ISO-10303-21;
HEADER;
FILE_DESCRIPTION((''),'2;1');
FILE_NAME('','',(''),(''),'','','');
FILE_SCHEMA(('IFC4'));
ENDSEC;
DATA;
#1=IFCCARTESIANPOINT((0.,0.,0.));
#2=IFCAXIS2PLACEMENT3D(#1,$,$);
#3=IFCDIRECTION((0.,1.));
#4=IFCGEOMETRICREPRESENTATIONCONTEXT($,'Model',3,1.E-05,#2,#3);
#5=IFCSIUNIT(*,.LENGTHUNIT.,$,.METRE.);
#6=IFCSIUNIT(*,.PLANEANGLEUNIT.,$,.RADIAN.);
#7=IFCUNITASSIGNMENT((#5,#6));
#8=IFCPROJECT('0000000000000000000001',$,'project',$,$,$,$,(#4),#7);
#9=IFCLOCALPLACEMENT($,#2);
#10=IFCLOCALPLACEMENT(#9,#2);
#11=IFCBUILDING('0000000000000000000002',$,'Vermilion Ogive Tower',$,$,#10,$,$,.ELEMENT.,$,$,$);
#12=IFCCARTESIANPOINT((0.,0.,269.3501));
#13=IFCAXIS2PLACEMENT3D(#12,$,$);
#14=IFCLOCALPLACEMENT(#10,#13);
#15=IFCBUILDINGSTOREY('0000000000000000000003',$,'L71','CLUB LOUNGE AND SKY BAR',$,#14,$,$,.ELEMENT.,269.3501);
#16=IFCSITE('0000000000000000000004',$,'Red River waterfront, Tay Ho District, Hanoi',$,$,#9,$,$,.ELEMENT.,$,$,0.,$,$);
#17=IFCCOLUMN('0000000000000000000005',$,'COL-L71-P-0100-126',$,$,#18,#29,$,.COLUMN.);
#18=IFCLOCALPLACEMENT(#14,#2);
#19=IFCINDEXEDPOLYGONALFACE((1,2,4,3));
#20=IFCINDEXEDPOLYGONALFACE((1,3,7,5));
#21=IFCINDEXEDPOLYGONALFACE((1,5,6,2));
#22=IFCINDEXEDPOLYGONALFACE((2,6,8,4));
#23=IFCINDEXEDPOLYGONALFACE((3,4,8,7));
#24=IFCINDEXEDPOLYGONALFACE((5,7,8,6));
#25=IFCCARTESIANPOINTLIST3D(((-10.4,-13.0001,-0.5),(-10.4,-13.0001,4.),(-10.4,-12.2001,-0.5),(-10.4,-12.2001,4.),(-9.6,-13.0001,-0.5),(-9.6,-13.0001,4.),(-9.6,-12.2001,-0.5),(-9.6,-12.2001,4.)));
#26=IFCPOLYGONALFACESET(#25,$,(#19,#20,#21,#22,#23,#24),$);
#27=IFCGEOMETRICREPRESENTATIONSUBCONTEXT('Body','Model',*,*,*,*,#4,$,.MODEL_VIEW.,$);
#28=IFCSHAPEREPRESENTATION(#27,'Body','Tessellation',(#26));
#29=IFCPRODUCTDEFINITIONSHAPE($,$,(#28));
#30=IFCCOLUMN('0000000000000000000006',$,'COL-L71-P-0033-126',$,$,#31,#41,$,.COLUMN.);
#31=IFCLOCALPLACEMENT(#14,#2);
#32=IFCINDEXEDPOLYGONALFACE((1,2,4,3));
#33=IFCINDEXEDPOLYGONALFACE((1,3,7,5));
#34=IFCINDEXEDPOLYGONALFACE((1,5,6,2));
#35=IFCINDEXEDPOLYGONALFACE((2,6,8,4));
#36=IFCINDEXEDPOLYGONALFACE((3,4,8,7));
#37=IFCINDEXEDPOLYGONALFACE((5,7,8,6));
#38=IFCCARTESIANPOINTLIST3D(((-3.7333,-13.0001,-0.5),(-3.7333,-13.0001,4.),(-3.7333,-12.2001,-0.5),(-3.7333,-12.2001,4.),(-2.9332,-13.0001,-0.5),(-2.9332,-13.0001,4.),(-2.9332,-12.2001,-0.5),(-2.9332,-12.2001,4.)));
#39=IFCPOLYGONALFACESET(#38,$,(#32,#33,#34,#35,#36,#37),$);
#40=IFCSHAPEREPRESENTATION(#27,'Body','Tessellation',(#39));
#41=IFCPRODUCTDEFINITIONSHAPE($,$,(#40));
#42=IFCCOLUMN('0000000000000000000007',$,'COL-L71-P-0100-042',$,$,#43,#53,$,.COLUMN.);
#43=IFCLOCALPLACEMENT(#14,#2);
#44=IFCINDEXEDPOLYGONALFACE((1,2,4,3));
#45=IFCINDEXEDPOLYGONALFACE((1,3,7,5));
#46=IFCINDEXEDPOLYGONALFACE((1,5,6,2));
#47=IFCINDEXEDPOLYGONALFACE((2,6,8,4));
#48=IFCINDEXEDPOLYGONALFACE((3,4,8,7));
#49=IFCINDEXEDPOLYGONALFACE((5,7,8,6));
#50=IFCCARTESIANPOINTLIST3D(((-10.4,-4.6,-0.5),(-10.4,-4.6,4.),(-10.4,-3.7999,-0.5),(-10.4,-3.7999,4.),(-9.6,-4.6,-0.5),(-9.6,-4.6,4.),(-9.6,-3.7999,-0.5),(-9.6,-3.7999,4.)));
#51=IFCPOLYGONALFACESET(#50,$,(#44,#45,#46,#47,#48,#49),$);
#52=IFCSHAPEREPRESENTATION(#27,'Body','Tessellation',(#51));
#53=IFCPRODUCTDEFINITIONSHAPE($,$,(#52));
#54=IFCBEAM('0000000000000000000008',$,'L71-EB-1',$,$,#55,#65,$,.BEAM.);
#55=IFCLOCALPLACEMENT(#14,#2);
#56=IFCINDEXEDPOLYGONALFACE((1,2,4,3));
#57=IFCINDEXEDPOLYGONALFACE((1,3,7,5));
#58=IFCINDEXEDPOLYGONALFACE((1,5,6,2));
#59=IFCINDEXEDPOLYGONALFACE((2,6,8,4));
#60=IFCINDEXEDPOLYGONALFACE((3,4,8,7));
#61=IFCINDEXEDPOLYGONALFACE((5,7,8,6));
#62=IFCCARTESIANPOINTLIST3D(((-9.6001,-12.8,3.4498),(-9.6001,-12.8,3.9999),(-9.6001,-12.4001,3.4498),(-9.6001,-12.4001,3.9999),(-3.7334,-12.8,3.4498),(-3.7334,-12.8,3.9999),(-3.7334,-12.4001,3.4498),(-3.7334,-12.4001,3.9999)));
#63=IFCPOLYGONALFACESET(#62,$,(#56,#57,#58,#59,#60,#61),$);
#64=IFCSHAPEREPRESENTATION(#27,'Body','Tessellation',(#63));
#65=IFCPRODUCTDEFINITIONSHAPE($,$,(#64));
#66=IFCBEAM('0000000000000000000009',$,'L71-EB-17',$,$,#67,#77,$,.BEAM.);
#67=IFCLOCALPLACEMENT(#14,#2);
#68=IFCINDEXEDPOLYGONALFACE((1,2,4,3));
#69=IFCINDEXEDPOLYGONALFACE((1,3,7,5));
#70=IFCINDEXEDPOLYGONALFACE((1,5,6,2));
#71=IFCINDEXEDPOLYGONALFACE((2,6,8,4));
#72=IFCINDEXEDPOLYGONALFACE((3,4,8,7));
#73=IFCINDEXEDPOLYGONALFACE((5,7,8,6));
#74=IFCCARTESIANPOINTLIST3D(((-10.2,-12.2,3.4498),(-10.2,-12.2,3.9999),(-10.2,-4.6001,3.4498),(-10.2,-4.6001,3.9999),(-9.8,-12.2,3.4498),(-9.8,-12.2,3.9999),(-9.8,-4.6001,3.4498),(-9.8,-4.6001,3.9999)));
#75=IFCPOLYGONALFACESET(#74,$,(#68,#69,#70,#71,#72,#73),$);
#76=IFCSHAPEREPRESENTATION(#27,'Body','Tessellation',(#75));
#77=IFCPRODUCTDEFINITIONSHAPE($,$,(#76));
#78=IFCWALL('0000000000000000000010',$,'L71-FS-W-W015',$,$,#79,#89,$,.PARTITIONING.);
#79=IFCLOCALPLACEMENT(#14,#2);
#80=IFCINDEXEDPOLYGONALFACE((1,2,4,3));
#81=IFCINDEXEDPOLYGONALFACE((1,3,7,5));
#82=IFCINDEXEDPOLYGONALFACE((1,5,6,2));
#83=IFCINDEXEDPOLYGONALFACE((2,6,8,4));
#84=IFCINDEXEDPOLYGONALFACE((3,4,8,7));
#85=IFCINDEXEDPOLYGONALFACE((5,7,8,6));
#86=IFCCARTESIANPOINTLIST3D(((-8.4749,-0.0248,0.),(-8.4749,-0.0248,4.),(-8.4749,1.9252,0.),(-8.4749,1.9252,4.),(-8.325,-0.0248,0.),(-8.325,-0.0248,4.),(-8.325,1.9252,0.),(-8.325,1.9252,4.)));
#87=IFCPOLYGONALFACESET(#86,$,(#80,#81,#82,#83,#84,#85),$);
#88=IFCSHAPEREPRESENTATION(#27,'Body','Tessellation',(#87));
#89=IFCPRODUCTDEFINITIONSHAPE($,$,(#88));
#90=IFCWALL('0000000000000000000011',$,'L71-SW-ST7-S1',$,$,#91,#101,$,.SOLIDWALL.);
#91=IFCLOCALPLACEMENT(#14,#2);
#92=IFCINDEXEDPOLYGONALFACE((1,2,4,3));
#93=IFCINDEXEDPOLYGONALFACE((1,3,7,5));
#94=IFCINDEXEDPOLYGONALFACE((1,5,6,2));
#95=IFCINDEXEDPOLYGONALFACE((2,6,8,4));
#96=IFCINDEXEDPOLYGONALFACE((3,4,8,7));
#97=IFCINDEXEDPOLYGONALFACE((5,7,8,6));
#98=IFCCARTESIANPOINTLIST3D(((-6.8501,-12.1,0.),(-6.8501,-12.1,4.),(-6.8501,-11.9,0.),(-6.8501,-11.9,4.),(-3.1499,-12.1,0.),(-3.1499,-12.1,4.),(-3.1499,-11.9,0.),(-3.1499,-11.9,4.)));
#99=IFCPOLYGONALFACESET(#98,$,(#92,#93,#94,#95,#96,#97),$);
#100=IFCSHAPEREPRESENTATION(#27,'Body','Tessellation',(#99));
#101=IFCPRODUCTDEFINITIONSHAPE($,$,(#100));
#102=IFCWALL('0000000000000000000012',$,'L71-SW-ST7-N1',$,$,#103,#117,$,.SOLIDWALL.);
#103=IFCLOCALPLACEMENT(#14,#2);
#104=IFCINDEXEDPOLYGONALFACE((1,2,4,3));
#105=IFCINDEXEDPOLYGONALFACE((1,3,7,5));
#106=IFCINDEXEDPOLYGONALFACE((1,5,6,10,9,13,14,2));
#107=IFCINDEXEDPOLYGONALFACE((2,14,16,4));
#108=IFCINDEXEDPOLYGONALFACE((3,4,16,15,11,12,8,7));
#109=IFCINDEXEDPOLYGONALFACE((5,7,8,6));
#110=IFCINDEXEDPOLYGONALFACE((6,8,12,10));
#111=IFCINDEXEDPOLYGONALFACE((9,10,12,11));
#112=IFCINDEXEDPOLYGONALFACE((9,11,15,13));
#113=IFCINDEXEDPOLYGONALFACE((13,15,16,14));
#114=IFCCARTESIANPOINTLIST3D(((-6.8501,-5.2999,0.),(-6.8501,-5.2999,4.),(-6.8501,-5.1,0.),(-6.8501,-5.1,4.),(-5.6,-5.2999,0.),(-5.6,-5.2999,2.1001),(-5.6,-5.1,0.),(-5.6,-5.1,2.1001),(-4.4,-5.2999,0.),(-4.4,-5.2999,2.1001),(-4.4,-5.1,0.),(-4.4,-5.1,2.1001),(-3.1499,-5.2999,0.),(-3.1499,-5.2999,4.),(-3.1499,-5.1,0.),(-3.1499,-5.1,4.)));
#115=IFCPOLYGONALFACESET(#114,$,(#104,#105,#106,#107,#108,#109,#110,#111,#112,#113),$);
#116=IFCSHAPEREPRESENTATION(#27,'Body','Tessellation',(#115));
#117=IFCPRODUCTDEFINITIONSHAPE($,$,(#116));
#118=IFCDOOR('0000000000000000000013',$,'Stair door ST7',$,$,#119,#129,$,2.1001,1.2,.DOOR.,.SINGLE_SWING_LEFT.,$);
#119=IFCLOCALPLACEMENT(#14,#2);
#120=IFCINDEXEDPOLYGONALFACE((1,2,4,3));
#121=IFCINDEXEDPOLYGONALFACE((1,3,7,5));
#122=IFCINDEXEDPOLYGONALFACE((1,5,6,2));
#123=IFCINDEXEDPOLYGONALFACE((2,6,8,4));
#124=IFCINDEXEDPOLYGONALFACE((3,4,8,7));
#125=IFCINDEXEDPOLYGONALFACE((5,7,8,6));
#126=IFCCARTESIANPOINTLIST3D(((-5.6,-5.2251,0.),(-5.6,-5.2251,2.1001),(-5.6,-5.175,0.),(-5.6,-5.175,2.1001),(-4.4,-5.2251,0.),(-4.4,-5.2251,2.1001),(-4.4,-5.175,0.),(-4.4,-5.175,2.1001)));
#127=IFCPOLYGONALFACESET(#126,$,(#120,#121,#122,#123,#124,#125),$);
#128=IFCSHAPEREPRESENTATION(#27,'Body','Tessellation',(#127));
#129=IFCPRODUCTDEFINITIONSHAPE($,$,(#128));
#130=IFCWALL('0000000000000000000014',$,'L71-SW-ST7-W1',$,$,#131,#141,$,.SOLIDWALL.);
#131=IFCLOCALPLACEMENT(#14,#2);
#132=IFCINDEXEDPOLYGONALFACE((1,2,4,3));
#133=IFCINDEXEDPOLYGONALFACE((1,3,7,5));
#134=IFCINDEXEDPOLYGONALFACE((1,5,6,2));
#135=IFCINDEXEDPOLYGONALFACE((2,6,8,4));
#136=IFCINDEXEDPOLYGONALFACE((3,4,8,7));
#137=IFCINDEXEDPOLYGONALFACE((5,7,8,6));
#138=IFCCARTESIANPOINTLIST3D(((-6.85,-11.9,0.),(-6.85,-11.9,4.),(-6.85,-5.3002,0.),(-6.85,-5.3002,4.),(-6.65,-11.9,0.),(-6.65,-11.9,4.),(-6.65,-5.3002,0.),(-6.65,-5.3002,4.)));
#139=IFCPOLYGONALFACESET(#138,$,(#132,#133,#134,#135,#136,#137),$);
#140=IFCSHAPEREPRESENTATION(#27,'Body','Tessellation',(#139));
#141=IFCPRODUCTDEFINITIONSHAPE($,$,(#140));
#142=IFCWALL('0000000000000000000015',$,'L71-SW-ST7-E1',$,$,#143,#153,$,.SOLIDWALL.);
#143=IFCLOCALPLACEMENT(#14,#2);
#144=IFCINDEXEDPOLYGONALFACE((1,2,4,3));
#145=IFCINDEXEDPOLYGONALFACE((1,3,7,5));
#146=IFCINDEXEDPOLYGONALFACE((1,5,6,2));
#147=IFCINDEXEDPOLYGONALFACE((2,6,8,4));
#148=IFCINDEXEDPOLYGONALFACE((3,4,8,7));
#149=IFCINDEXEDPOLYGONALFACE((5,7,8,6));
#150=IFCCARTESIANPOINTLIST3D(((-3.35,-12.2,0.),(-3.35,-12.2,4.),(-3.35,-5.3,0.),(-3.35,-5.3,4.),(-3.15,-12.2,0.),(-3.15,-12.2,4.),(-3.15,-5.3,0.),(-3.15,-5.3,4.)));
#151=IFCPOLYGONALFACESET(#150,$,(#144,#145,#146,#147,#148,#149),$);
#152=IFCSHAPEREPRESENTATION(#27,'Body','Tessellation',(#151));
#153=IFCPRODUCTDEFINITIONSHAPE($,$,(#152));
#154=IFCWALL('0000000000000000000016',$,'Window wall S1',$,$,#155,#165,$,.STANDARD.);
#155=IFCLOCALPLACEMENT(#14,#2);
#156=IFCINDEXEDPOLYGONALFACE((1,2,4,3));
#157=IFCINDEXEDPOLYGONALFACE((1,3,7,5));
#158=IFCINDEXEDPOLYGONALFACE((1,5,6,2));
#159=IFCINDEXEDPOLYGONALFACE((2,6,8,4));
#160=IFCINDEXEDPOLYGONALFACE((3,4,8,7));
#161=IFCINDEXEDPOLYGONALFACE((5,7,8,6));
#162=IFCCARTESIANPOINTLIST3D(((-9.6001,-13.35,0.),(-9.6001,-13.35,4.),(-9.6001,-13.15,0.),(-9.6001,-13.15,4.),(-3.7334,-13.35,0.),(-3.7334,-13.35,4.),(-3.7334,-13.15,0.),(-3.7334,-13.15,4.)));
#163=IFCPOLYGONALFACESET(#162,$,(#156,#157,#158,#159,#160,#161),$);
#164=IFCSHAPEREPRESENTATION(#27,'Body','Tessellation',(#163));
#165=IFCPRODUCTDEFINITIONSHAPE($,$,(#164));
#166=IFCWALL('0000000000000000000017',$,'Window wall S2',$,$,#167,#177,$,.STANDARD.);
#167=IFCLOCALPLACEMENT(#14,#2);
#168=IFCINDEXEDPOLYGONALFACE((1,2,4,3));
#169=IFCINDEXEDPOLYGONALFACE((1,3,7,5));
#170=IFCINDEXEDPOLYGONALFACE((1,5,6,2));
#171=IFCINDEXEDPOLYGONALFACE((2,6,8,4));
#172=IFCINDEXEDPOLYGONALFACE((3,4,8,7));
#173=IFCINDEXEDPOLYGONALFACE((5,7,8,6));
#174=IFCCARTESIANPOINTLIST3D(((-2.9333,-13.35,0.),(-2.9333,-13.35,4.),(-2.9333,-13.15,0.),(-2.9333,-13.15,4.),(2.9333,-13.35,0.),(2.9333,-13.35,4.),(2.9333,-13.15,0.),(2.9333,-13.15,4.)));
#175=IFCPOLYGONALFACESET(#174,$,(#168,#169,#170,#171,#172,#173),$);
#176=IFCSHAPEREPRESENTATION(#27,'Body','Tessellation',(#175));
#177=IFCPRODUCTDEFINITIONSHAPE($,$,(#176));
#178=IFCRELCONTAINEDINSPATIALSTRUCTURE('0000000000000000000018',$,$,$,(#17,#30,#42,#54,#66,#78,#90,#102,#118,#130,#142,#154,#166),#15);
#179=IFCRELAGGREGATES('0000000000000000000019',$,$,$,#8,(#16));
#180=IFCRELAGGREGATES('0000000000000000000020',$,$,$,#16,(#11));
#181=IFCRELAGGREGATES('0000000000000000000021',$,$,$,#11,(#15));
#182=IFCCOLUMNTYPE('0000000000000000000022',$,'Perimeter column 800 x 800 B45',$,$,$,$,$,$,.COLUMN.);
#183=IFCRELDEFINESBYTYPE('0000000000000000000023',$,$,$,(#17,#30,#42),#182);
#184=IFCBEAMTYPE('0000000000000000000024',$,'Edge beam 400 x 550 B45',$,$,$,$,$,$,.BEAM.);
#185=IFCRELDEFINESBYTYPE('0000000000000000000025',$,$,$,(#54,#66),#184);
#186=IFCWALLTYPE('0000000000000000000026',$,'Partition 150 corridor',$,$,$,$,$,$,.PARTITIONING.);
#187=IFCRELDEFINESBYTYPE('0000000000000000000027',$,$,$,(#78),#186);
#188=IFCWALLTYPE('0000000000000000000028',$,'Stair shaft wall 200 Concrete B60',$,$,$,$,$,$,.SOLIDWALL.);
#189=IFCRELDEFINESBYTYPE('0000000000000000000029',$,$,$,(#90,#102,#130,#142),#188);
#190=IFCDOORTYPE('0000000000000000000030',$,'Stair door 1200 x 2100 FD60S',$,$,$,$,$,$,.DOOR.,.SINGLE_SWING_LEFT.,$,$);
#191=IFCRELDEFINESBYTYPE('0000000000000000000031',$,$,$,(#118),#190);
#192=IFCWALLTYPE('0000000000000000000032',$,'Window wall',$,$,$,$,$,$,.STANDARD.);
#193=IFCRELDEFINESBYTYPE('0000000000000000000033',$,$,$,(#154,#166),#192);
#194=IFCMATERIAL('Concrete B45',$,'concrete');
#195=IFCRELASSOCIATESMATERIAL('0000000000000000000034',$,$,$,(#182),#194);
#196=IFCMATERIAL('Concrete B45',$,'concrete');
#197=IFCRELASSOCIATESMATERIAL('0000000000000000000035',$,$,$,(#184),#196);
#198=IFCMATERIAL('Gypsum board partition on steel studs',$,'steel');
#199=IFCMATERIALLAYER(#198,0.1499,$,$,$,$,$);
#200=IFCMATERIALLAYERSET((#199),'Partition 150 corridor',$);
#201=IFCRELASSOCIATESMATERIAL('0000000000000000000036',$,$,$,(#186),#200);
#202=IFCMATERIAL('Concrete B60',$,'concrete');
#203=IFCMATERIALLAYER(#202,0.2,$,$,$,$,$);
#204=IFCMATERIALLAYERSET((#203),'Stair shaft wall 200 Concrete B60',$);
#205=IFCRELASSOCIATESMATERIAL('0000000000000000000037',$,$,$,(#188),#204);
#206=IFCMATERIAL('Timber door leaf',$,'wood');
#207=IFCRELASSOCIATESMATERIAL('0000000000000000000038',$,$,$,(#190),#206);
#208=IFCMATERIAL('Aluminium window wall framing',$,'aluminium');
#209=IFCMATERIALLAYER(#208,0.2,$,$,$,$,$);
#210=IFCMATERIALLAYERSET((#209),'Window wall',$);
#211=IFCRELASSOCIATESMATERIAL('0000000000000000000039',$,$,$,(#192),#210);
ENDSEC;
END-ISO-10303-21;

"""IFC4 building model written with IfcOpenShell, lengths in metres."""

from ifc_helpers import new_model, si_unit, direction, frame, frame_2d, origin, origin_2d, place, context, subcontext, project, spatial, rectangle, extrude, material, layer, layer_set, material_profile, profile_set, type_object, element, fill, save


model = new_model("IFC4")

# Units and contexts
model_context = context("Model", 3, precision=1e-05, world=origin(), true_north=direction((0.0, 1.0)))
body_context = subcontext(model_context, "Body", "Model", "MODEL_VIEW")
ifc_project = project(units=[si_unit("LENGTHUNIT", "METRE"), si_unit("PLANEANGLEUNIT", "RADIAN")], contexts=[model_context])

# Site, building, storey
site_placement = place(None, origin())
site = spatial("IfcSite", under=ifc_project, at=site_placement, Name="Red River waterfront, Tay Ho District, Hanoi", CompositionType="ELEMENT", RefElevation=0.0)
building_placement = place(site_placement, origin())
building = spatial("IfcBuilding", under=site, at=building_placement, Name="Vermilion Ogive Tower", CompositionType="ELEMENT")
storey_placement = place(building_placement, frame((0.0, 0.0, 269.3501)))
storey = spatial("IfcBuildingStorey", under=building, at=storey_placement, Name="L71", Description="CLUB LOUNGE AND SKY BAR", CompositionType="ELEMENT", Elevation=269.3501)

# Columns
ifc_material_1 = material(Name="Concrete B45", Category="concrete")
ifc_material_profile_1 = material_profile(ifc_material_1, rectangle(XDim=0.8, YDim=0.8, at=origin_2d()), Name="800 x 800")
ifc_profile_set_1 = profile_set([ifc_material_profile_1], Name="Concrete B45")
column_type = type_object("IfcColumnType", Name="Perimeter column 800 x 800 B45", PredefinedType="COLUMN", material=ifc_profile_set_1)
for number, where, z_axis, x_axis, name in (
    (1, (-10.0, -12.6001, -0.5), (0.0, 0.0, 1.0), (1.0, 0.0, 0.0), "COL-L71-P-0100-126"),
    (2, (-3.3333, -12.6001, -0.5), (0.0, 0.0, 1.0), (1.0, 0.0, 0.0), "COL-L71-P-0033-126"),
    (3, (-10.0, -4.2, -0.5), (0.0, 0.0, 1.0), (1.0, 0.0, 0.0), "COL-L71-P-0100-042"),
):
    element("IfcColumn", number, at=place(storey_placement, frame(where, z_axis=z_axis, x_axis=x_axis)), inside=storey, type_object=column_type, Name=name, PredefinedType="COLUMN", context=body_context, shape_type="SweptSolid", body=[
        extrude(rectangle(XDim=0.8, YDim=0.8, at=origin_2d()), origin(), (0.0, 0.0, 1.0), 4.5),
    ])

# Beams
ifc_material_2 = material(Name="Concrete B45", Category="concrete")
ifc_material_profile_2 = material_profile(ifc_material_2, rectangle(XDim=0.3999, YDim=0.55, at=origin_2d()), Name="400 x 550")
ifc_profile_set_2 = profile_set([ifc_material_profile_2], Name="Concrete B45")
beam_type = type_object("IfcBeamType", Name="Edge beam 400 x 550 B45", PredefinedType="BEAM", material=ifc_profile_set_2)
beam_1_placement = place(storey_placement, frame((-9.6001, -12.6001, 3.7249), z_axis=(1.0, 0.0, 0.0), x_axis=(0.0, 1.0, 0.0)))
element("IfcBeam", 4, at=beam_1_placement, inside=storey, type_object=beam_type, Name="L71-EB-1", PredefinedType="BEAM", context=body_context, shape_type="SweptSolid", body=[
    extrude(rectangle(XDim=0.3999, YDim=0.55, at=origin_2d()), origin(), (0.0, 0.0, 1.0), 5.8667),
])
beam_2_placement = place(storey_placement, frame((-10.0, -4.6001, 3.7249), z_axis=(0.0, -1.0, 0.0), x_axis=(1.0, 0.0, 0.0)))
element("IfcBeam", 5, at=beam_2_placement, inside=storey, type_object=beam_type, Name="L71-EB-17", PredefinedType="BEAM", context=body_context, shape_type="SweptSolid", body=[
    extrude(rectangle(XDim=0.3999, YDim=0.55, at=origin_2d()), origin(), (0.0, 0.0, 1.0), 7.5999),
])

# Walls
ifc_material_3 = material(Name="Gypsum board partition on steel studs", Category="steel")
ifc_layer_1 = layer(ifc_material_3, 0.1499)
ifc_layer_set_1 = layer_set([ifc_layer_1], Name="Partition 150 corridor")
wall_type_1 = type_object("IfcWallType", Name="Partition 150 corridor", PredefinedType="PARTITIONING", material=ifc_layer_set_1)
wall_1_placement = place(storey_placement, frame((-8.3999, -0.0249, 0.0), z_axis=(0.0, 0.0, 1.0), x_axis=(0.0, 1.0, 0.0)))
element("IfcWall", 6, at=wall_1_placement, inside=storey, type_object=wall_type_1, Name="L71-FS-W-W015", PredefinedType="PARTITIONING", context=body_context, shape_type="SweptSolid", body=[
    extrude(rectangle(XDim=1.95, YDim=0.1499, at=frame_2d((0.9751, 0.0))), origin(), (0.0, 0.0, 1.0), 4.0),
])
ifc_material_4 = material(Name="Concrete B60", Category="concrete")
ifc_layer_2 = layer(ifc_material_4, 0.2)
ifc_layer_set_2 = layer_set([ifc_layer_2], Name="Stair shaft wall 200 Concrete B60")
wall_type_2 = type_object("IfcWallType", Name="Stair shaft wall 200 Concrete B60", PredefinedType="SOLIDWALL", material=ifc_layer_set_2)
wall_2_placement = place(storey_placement, frame((-6.8501, -12.0, 0.0), z_axis=(0.0, 0.0, 1.0), x_axis=(1.0, 0.0, 0.0)))
element("IfcWall", 7, at=wall_2_placement, inside=storey, type_object=wall_type_2, Name="L71-SW-ST7-S1", PredefinedType="SOLIDWALL", context=body_context, shape_type="SweptSolid", body=[
    extrude(rectangle(XDim=3.7002, YDim=0.2, at=frame_2d((1.8501, 0.0))), origin(), (0.0, 0.0, 1.0), 4.0),
])

# Wall, opening, door
wall_3_placement = place(storey_placement, frame((-6.8501, -5.2, 0.0), z_axis=(0.0, 0.0, 1.0), x_axis=(1.0, 0.0, 0.0)))
wall_3 = element("IfcWall", 8, at=wall_3_placement, inside=storey, type_object=wall_type_2, Name="L71-SW-ST7-N1", PredefinedType="SOLIDWALL", context=body_context, shape_type="SweptSolid", body=[
    extrude(rectangle(XDim=3.7002, YDim=0.2, at=frame_2d((1.8501, 0.0))), origin(), (0.0, 0.0, 1.0), 4.0),
])
opening_placement = place(wall_3_placement, frame((1.25, 0.0, 0.0)))
opening = element("IfcOpeningElement", 9, at=opening_placement, cuts=wall_3, PredefinedType="OPENING", context=body_context, shape_type="SweptSolid", body=[
    extrude(rectangle(XDim=1.2, YDim=2.1001, at=frame_2d((0.6001, 1.05))), frame((0.0, 0.1099, 0.0), z_axis=(0.0, -1.0, 0.0), x_axis=(1.0, 0.0, 0.0)), (0.0, 0.0, 1.0), 0.22),
])
ifc_material_5 = material(Name="Timber door leaf", Category="wood")
door_type = type_object("IfcDoorType", Name="Stair door 1200 x 2100 FD60S", OperationType="SINGLE_SWING_LEFT", PredefinedType="DOOR", material=ifc_material_5)
door_placement = place(opening_placement, origin())
door = element("IfcDoor", 10, at=door_placement, inside=storey, type_object=door_type, Name="Stair door ST7", OperationType="SINGLE_SWING_LEFT", OverallHeight=2.1001, OverallWidth=1.2, PredefinedType="DOOR", context=body_context, shape_type="SweptSolid", body=[
    extrude(rectangle(XDim=1.2, YDim=2.1001, at=frame_2d((0.6001, 1.05))), frame((0.0, 0.0249, 0.0), z_axis=(0.0, -1.0, 0.0), x_axis=(1.0, 0.0, 0.0)), (0.0, 0.0, 1.0), 0.05),
])
fill(opening, door)

# Walls
wall_4_placement = place(storey_placement, frame((-6.75, -11.8999, 0.0), z_axis=(0.0, 0.0, 1.0), x_axis=(0.0, 1.0, 0.0)))
element("IfcWall", 11, at=wall_4_placement, inside=storey, type_object=wall_type_2, Name="L71-SW-ST7-W1", PredefinedType="SOLIDWALL", context=body_context, shape_type="SweptSolid", body=[
    extrude(rectangle(XDim=6.5999, YDim=0.2, at=frame_2d((3.2998, 0.0))), origin(), (0.0, 0.0, 1.0), 4.0),
])
wall_5_placement = place(storey_placement, frame((-3.25, -12.2, 0.0), z_axis=(0.0, 0.0, 1.0), x_axis=(0.0, 1.0, 0.0)))
element("IfcWall", 12, at=wall_5_placement, inside=storey, type_object=wall_type_2, Name="L71-SW-ST7-E1", PredefinedType="SOLIDWALL", context=body_context, shape_type="SweptSolid", body=[
    extrude(rectangle(XDim=6.8999, YDim=0.2, at=frame_2d((3.45, 0.0))), origin(), (0.0, 0.0, 1.0), 4.0),
])
ifc_material_6 = material(Name="Aluminium window wall framing", Category="aluminium")
ifc_layer_3 = layer(ifc_material_6, 0.2)
ifc_layer_set_3 = layer_set([ifc_layer_3], Name="Window wall")
wall_type_3 = type_object("IfcWallType", Name="Window wall", PredefinedType="STANDARD", material=ifc_layer_set_3)
for number, where, z_axis, x_axis, name in (
    (13, (-9.6001, -13.25, 0.0), (0.0, 0.0, 1.0), (1.0, 0.0, 0.0), "Window wall S1"),
    (14, (-2.9333, -13.25, 0.0), (0.0, 0.0, 1.0), (1.0, 0.0, 0.0), "Window wall S2"),
):
    element("IfcWall", number, at=place(storey_placement, frame(where, z_axis=z_axis, x_axis=x_axis)), inside=storey, type_object=wall_type_3, Name=name, PredefinedType="STANDARD", context=body_context, shape_type="SweptSolid", body=[
        extrude(rectangle(XDim=5.8667, YDim=0.2, at=frame_2d((2.9333, 0.0))), origin(), (0.0, 0.0, 1.0), 4.0),
    ])

save(model, "model.ifc")
